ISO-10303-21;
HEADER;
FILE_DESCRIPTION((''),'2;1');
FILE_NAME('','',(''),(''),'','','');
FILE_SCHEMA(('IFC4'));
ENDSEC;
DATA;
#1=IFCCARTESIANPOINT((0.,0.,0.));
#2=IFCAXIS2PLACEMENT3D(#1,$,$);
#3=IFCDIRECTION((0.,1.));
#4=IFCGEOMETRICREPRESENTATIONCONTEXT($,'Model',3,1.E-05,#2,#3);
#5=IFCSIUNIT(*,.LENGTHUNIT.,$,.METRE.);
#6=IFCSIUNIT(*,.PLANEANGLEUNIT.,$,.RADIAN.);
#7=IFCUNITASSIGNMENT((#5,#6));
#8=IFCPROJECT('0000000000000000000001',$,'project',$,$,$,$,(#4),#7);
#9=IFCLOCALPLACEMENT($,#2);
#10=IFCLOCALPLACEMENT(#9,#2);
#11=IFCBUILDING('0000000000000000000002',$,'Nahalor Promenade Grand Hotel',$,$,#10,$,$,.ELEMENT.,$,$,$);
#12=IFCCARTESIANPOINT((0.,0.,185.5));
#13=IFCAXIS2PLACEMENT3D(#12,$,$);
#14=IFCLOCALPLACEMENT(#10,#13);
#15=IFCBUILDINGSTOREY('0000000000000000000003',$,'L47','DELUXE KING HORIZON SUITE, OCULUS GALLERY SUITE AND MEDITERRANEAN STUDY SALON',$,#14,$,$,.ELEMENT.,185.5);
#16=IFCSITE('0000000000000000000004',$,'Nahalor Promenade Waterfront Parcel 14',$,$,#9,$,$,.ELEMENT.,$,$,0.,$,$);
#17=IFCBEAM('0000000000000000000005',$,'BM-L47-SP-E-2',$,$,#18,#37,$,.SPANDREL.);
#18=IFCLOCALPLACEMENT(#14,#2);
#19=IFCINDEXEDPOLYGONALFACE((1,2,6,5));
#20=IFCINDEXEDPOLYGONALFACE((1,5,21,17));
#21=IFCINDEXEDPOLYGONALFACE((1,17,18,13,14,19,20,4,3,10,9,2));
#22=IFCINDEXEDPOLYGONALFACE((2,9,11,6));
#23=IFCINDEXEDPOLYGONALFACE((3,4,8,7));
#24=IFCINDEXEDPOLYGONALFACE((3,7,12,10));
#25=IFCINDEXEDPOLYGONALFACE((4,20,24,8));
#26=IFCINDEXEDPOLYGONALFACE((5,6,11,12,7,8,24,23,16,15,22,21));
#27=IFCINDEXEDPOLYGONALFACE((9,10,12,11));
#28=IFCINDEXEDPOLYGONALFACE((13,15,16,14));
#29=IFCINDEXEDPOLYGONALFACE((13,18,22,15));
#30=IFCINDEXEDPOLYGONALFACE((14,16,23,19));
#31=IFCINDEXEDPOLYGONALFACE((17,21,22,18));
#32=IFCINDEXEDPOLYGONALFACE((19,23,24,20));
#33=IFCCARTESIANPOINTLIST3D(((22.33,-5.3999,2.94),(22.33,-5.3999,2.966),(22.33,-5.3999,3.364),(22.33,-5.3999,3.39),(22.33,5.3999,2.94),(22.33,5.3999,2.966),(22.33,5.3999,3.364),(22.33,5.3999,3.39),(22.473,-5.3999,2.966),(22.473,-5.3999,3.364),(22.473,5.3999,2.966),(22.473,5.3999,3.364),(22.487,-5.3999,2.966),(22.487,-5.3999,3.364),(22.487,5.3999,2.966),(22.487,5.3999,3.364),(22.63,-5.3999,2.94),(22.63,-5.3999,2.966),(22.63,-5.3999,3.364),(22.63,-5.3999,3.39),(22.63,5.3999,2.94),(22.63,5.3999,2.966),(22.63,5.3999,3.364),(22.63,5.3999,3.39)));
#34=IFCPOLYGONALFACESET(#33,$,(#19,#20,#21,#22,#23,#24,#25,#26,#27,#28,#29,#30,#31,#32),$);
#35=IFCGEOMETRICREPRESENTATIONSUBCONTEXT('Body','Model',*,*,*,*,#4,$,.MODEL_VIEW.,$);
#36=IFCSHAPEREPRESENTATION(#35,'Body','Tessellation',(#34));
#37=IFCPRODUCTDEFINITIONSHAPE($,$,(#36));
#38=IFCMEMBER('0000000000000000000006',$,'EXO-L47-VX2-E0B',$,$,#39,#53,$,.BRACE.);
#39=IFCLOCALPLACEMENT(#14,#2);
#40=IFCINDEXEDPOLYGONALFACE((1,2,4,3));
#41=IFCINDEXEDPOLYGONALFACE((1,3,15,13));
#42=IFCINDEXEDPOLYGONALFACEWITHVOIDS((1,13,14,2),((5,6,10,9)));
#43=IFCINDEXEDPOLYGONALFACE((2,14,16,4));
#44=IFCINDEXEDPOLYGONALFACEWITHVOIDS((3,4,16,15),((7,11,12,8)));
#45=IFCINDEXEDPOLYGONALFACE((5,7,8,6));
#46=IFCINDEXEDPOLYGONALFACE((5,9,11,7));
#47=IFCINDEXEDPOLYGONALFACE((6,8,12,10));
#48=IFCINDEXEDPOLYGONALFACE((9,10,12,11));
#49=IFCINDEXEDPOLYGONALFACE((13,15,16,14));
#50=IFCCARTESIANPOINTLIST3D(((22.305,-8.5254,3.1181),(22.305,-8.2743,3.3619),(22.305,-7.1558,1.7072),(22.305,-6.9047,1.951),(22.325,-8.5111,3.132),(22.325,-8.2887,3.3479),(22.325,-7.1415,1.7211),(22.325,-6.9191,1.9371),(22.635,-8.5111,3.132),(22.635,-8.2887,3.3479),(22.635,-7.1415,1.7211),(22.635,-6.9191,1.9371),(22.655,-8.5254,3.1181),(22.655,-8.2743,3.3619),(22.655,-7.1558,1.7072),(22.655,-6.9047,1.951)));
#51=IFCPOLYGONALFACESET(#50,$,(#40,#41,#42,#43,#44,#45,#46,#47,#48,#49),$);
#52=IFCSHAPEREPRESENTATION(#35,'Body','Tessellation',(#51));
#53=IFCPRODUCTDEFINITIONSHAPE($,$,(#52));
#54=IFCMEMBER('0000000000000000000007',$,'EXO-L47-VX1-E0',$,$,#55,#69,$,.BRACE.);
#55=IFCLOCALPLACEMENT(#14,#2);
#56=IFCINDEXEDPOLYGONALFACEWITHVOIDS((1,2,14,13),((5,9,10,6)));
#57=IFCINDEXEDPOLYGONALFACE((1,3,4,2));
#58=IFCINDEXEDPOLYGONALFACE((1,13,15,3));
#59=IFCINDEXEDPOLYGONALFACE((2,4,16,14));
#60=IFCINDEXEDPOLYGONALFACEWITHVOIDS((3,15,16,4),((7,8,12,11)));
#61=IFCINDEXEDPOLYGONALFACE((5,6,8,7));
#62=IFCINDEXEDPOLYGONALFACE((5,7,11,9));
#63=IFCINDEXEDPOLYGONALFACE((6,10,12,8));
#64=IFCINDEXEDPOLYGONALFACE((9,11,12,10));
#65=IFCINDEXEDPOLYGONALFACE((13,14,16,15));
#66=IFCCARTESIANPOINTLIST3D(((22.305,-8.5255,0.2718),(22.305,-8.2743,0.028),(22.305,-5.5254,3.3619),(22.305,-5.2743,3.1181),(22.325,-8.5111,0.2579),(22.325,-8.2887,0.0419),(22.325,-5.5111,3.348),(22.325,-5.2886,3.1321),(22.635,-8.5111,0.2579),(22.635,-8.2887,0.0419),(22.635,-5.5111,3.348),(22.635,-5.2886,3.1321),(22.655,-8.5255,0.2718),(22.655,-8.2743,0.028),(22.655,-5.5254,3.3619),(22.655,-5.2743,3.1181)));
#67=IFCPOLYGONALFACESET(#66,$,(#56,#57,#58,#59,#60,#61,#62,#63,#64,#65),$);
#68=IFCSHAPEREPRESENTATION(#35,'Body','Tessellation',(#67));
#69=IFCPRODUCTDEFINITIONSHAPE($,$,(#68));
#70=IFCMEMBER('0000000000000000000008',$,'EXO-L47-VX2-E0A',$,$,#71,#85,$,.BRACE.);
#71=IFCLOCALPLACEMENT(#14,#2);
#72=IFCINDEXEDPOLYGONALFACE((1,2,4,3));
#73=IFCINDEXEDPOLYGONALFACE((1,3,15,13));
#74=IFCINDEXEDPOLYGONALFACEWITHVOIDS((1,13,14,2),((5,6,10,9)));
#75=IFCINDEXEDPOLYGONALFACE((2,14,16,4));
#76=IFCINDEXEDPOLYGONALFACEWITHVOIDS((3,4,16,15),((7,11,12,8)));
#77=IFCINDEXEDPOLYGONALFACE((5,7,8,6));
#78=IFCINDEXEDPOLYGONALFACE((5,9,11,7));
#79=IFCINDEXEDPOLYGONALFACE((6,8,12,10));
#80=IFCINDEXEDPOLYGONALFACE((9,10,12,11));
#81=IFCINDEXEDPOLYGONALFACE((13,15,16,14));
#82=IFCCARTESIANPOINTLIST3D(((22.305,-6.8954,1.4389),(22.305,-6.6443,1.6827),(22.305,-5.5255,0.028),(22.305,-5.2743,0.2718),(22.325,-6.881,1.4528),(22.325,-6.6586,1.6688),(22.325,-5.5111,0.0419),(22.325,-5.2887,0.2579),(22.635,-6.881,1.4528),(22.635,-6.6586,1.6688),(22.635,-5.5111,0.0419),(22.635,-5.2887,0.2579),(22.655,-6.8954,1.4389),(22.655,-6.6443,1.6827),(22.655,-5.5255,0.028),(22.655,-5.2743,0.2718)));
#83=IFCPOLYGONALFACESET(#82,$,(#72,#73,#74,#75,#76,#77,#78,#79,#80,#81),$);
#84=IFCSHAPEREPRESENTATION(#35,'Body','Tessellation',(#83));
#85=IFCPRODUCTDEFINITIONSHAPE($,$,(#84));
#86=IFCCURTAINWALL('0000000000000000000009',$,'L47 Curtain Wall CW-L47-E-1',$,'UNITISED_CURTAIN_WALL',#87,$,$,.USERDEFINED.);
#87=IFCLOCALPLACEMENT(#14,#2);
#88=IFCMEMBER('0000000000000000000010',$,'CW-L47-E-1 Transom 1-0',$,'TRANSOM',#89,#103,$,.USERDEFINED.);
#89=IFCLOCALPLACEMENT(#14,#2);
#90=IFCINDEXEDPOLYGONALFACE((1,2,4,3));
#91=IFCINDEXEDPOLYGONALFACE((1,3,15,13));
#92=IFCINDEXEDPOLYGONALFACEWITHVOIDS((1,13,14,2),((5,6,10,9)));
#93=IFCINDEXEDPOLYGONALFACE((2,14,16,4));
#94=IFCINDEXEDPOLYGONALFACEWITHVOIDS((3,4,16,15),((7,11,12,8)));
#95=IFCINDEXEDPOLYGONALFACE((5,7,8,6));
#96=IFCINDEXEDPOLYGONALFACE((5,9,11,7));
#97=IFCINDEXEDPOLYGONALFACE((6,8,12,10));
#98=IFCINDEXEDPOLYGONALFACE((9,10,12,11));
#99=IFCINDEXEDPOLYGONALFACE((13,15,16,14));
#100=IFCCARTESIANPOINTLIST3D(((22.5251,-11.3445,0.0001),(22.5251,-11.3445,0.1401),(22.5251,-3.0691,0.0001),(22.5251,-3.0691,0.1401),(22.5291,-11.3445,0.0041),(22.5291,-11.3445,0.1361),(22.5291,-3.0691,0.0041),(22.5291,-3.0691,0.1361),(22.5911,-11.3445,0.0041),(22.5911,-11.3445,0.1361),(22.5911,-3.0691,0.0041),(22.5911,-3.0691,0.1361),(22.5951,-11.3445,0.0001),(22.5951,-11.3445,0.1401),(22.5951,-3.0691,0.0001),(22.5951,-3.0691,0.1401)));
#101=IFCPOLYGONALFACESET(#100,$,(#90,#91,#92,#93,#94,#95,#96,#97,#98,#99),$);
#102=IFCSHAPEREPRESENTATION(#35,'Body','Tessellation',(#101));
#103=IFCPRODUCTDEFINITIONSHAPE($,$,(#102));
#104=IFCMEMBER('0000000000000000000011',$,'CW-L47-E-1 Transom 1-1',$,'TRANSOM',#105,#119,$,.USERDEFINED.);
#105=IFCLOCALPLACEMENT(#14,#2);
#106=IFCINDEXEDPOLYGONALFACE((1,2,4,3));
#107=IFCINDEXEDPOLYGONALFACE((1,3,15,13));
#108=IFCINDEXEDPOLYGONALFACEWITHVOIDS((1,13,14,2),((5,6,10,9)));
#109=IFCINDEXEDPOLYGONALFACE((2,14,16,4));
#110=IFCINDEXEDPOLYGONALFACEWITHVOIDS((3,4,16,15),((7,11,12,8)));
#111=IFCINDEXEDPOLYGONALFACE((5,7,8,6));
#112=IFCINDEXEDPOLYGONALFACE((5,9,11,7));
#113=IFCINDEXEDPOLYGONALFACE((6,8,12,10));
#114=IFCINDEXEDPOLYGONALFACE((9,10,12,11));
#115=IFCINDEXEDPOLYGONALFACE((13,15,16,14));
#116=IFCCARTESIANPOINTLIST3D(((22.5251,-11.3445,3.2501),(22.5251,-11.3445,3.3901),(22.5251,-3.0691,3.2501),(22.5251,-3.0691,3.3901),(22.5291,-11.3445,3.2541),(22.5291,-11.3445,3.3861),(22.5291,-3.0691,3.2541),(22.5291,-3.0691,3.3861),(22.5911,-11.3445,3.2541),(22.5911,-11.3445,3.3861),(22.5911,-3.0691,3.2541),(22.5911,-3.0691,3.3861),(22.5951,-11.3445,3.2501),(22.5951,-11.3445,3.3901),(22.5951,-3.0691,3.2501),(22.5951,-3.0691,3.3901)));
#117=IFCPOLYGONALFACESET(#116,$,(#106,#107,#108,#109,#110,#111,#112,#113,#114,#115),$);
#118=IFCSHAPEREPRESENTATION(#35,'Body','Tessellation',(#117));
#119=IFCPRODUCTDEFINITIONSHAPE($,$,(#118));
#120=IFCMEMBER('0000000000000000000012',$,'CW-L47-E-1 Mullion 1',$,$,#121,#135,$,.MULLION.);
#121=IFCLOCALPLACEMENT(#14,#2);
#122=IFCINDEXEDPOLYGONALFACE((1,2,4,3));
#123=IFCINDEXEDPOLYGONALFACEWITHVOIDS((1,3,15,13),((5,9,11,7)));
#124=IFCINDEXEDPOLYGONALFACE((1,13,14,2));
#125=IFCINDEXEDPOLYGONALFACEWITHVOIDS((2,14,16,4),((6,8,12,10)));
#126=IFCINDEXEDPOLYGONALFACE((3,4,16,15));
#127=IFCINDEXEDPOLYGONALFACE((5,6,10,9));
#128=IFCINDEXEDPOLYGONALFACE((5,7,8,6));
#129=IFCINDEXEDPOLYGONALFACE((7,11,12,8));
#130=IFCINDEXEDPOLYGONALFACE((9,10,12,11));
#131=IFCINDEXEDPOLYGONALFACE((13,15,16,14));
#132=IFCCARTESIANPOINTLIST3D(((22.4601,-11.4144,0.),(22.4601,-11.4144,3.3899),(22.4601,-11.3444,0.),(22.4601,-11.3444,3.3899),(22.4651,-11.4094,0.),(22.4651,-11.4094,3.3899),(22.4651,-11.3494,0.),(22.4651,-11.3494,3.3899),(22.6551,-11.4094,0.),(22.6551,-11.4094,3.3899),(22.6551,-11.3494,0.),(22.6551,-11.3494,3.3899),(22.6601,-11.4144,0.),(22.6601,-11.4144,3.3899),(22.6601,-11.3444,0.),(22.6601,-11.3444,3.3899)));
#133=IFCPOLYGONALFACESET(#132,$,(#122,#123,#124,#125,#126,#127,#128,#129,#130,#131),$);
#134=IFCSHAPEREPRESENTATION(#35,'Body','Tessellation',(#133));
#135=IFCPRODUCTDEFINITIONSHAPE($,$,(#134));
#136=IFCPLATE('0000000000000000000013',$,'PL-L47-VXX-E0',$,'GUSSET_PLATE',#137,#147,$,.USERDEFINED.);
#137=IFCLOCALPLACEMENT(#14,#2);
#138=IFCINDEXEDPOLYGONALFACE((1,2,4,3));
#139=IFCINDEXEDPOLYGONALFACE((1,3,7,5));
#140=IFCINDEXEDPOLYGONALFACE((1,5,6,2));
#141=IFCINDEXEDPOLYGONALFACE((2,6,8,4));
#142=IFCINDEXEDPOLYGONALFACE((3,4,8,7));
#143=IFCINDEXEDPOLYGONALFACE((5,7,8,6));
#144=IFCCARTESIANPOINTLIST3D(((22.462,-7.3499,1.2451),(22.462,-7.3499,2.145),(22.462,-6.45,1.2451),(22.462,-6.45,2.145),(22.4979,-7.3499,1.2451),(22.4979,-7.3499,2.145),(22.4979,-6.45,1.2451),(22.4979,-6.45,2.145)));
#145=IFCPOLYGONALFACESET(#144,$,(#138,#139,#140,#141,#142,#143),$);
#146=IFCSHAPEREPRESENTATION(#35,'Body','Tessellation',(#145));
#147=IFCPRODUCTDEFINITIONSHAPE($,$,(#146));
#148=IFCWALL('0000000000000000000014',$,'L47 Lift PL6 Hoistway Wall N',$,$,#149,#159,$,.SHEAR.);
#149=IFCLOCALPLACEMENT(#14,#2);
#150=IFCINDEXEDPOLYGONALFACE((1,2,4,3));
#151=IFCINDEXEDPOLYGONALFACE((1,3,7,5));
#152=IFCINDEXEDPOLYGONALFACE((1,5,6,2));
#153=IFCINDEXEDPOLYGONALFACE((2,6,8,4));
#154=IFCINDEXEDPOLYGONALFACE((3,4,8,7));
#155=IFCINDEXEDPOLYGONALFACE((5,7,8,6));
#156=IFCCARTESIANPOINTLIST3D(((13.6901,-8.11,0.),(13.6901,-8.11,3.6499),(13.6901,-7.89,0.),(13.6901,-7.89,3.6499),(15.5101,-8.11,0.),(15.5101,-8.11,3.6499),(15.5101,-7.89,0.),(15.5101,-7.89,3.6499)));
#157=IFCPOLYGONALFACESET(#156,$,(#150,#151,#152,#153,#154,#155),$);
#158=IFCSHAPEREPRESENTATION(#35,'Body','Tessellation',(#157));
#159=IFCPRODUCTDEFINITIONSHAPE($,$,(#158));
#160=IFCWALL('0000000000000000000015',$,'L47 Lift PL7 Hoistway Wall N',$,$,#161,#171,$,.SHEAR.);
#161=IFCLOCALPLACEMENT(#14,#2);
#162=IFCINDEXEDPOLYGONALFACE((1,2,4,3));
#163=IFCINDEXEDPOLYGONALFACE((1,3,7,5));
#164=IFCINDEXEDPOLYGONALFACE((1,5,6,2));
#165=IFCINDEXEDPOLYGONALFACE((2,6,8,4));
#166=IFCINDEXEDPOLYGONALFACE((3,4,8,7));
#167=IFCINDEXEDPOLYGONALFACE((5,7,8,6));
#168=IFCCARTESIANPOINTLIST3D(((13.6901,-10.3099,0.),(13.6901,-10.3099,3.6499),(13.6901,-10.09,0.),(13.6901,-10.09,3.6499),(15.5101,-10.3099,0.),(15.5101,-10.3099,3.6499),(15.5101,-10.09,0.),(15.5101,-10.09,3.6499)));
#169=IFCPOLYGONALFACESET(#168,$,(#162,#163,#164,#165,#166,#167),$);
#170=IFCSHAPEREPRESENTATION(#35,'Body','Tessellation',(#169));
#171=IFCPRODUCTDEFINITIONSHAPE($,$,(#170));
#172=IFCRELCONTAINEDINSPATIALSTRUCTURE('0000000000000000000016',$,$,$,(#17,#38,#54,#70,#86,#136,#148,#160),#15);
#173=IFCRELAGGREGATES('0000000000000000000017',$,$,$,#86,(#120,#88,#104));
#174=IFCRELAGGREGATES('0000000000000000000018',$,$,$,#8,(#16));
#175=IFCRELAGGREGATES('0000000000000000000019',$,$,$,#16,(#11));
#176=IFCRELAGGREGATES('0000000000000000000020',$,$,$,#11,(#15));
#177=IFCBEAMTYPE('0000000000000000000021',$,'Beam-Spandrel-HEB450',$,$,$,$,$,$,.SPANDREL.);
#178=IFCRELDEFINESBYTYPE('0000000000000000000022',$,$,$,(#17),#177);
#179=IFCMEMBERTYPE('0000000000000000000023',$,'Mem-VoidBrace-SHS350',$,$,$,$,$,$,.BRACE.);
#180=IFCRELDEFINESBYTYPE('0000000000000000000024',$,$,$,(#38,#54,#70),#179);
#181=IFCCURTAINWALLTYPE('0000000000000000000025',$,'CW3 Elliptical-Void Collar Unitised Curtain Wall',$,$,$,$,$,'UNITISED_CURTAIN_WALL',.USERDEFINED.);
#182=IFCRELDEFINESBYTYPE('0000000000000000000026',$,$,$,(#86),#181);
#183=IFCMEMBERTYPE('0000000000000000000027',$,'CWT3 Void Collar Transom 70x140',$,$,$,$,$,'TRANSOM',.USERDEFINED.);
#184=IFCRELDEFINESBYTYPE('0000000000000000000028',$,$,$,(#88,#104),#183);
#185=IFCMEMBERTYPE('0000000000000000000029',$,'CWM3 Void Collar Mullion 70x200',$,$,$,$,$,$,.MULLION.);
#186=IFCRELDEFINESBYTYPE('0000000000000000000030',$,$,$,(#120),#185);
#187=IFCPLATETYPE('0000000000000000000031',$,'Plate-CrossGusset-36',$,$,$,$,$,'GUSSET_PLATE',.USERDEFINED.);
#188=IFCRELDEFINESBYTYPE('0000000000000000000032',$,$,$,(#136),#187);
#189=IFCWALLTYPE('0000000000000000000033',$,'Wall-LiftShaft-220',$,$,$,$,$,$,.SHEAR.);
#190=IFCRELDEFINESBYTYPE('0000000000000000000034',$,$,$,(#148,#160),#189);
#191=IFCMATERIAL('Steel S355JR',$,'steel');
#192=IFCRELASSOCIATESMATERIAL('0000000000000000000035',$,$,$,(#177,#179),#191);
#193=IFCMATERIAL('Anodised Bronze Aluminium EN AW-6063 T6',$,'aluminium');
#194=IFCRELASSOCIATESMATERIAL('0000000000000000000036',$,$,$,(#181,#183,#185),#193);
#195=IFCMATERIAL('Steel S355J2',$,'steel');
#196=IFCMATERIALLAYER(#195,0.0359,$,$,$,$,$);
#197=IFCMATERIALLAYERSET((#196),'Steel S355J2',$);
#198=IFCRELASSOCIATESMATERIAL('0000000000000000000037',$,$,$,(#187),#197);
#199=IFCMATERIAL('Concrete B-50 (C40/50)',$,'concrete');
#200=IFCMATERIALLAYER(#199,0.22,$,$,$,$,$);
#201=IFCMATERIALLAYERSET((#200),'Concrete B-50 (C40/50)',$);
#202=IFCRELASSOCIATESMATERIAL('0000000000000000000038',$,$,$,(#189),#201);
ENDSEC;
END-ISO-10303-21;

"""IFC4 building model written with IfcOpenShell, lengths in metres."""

from ifc_helpers import new_model, si_unit, direction, frame, frame_2d, origin, origin_2d, place, context, subcontext, project, spatial, rectangle, hollow_rectangle, i_section, extrude, source, transform, mapped, material, layer, layer_set, material_profile, profile_set, type_object, element, aggregate, save


model = new_model("IFC4")

# Units and contexts
model_context = context("Model", 3, precision=1e-05, world=origin(), true_north=direction((0.0, 1.0)))
body_context = subcontext(model_context, "Body", "Model", "MODEL_VIEW")
ifc_project = project(units=[si_unit("LENGTHUNIT", "METRE"), si_unit("PLANEANGLEUNIT", "RADIAN")], contexts=[model_context])

# Site, building, storey
site_placement = place(None, origin())
site = spatial("IfcSite", under=ifc_project, at=site_placement, Name="Nahalor Promenade Waterfront Parcel 14", CompositionType="ELEMENT", RefElevation=0.0)
building_placement = place(site_placement, origin())
building = spatial("IfcBuilding", under=site, at=building_placement, Name="Nahalor Promenade Grand Hotel", CompositionType="ELEMENT")
storey_placement = place(building_placement, frame((0.0, 0.0, 185.5)))
storey = spatial("IfcBuildingStorey", under=building, at=storey_placement, Name="L47", Description="DELUXE KING HORIZON SUITE, OCULUS GALLERY SUITE AND MEDITERRANEAN STUDY SALON", CompositionType="ELEMENT", Elevation=185.5)

# Shared definitions
ifc_material_1 = material(Name="Steel S355J2", Category="steel")

# Beam
ifc_material_2 = material(Name="Steel S355JR", Category="steel")
ifc_material_profile_1 = material_profile(ifc_material_2, i_section(OverallWidth=0.3, OverallDepth=0.45, WebThickness=0.014, FlangeThickness=0.026, at=origin_2d()), Name="HEB 450")
ifc_profile_set_1 = profile_set([ifc_material_profile_1], Name="Steel S355JR")
beam_type_1 = type_object("IfcBeamType", Name="Beam-Spandrel-HEB450", PredefinedType="SPANDREL", material=ifc_profile_set_1)
shared_shape_1 = source(origin(), body_context, "Body", "SweptSolid", [
    extrude(i_section(OverallWidth=0.3, OverallDepth=0.45, WebThickness=0.014, FlangeThickness=0.026, at=origin_2d()), origin(), (0.0, 0.0, 1.0), 10.7998),
])
beam_1_placement = place(storey_placement, frame((22.48, -5.3999, 3.165), z_axis=(0.0, 1.0, 0.0), x_axis=(-1.0, 0.0, 0.0)))
element("IfcBeam", 1, at=beam_1_placement, inside=storey, type_object=beam_type_1, Name="BM-L47-SP-E-2", PredefinedType="SPANDREL", context=body_context, shape_type="MappedRepresentation", body=[
    mapped(shared_shape_1, transform((0.0, 0.0, 0.0), scale=1.0)),
])

# Members
ifc_material_profile_2 = material_profile(ifc_material_2, hollow_rectangle(XDim=0.35, YDim=0.35, WallThickness=0.02, at=origin_2d()), Name="SHS 350x350x20")
ifc_profile_set_2 = profile_set([ifc_material_profile_2], Name="Steel S355JR")
member_type_1 = type_object("IfcMemberType", Name="Mem-VoidBrace-SHS350", PredefinedType="BRACE", material=ifc_profile_set_2)
shared_shape_2 = source(origin(), body_context, "Body", "SweptSolid", [
    extrude(hollow_rectangle(XDim=0.35, YDim=0.35, WallThickness=0.02, at=origin_2d()), origin(), (0.0, 0.0, 1.0), 1.9663),
])
member_1_placement = place(storey_placement, frame((22.48, -7.0303, 1.8291), z_axis=(0.0, -0.696537, 0.71752), x_axis=(1.0, 0.0, 0.0)))
element("IfcMember", 2, at=member_1_placement, inside=storey, type_object=member_type_1, Name="EXO-L47-VX2-E0B", PredefinedType="BRACE", context=body_context, shape_type="MappedRepresentation", body=[
    mapped(shared_shape_2, transform((0.0, 0.0, 0.0), scale=1.0)),
])
shared_shape_3 = source(origin(), body_context, "Body", "SweptSolid", [
    extrude(hollow_rectangle(XDim=0.35, YDim=0.35, WallThickness=0.02, at=origin_2d()), origin(), (0.0, 0.0, 1.0), 4.3069),
])
member_2_placement = place(storey_placement, frame((22.48, -8.3999, 0.1499), z_axis=(0.0, 0.696571, 0.717488), x_axis=(-1.0, 0.0, 0.0)))
element("IfcMember", 3, at=member_2_placement, inside=storey, type_object=member_type_1, Name="EXO-L47-VX1-E0", PredefinedType="BRACE", context=body_context, shape_type="MappedRepresentation", body=[
    mapped(shared_shape_3, transform((0.0, 0.0, 0.0), scale=1.0)),
])
shared_shape_4 = source(origin(), body_context, "Body", "SweptSolid", [
    extrude(hollow_rectangle(XDim=0.35, YDim=0.35, WallThickness=0.02, at=origin_2d()), origin(), (0.0, 0.0, 1.0), 1.9666),
])
member_3_placement = place(storey_placement, frame((22.48, -5.3999, 0.1499), z_axis=(0.0, -0.696601, 0.717458), x_axis=(1.0, 0.0, 0.0)))
element("IfcMember", 4, at=member_3_placement, inside=storey, type_object=member_type_1, Name="EXO-L47-VX2-E0A", PredefinedType="BRACE", context=body_context, shape_type="MappedRepresentation", body=[
    mapped(shared_shape_4, transform((0.0, 0.0, 0.0), scale=1.0)),
])

# Curtain wall, members
ifc_material_3 = material(Name="Anodised Bronze Aluminium EN AW-6063 T6", Category="aluminium")
curtain_wall_type = type_object("IfcCurtainWallType", Name="CW3 Elliptical-Void Collar Unitised Curtain Wall", ElementType="UNITISED_CURTAIN_WALL", PredefinedType="USERDEFINED", material=ifc_material_3)
curtain_wall_placement = place(storey_placement, origin())
curtain_wall = element("IfcCurtainWall", 5, at=curtain_wall_placement, inside=storey, type_object=curtain_wall_type, Name="L47 Curtain Wall CW-L47-E-1", ObjectType="UNITISED_CURTAIN_WALL", PredefinedType="USERDEFINED")
ifc_material_profile_3 = material_profile(ifc_material_3, hollow_rectangle(XDim=0.07, YDim=0.14, WallThickness=0.004, at=origin_2d()), Name="CWT 70x140x4")
ifc_profile_set_3 = profile_set([ifc_material_profile_3], Name="Anodised Bronze Aluminium EN AW-6063 T6")
member_type_2 = type_object("IfcMemberType", Name="CWT3 Void Collar Transom 70x140", ElementType="TRANSOM", PredefinedType="USERDEFINED", material=ifc_profile_set_3)
shared_shape_5 = source(origin(), body_context, "Body", "SweptSolid", [
    extrude(hollow_rectangle(XDim=0.07, YDim=0.14, WallThickness=0.004, at=origin_2d()), origin(), (0.0, 0.0, 1.0), 8.2754),
])
member_4_placement = place(storey_placement, frame((22.5601, -11.3445, 0.0701), z_axis=(0.0, 1.0, 0.0), x_axis=(-1.0, 0.0, 0.0)))
member_4 = element("IfcMember", 6, at=member_4_placement, type_object=member_type_2, Name="CW-L47-E-1 Transom 1-0", ObjectType="TRANSOM", PredefinedType="USERDEFINED", context=body_context, shape_type="MappedRepresentation", body=[
    mapped(shared_shape_5, transform((0.0, 0.0, 0.0), scale=1.0)),
])
member_5_placement = place(storey_placement, frame((22.5601, -11.3445, 3.3201), z_axis=(0.0, 1.0, 0.0), x_axis=(-1.0, 0.0, 0.0)))
member_5 = element("IfcMember", 7, at=member_5_placement, type_object=member_type_2, Name="CW-L47-E-1 Transom 1-1", ObjectType="TRANSOM", PredefinedType="USERDEFINED", context=body_context, shape_type="MappedRepresentation", body=[
    mapped(shared_shape_5, transform((0.0, 0.0, 0.0), scale=1.0)),
])
ifc_material_profile_4 = material_profile(ifc_material_3, hollow_rectangle(XDim=0.07, YDim=0.2, WallThickness=0.005, at=origin_2d()), Name="CWM 70x200x5")
ifc_profile_set_4 = profile_set([ifc_material_profile_4], Name="Anodised Bronze Aluminium EN AW-6063 T6")
member_type_3 = type_object("IfcMemberType", Name="CWM3 Void Collar Mullion 70x200", PredefinedType="MULLION", material=ifc_profile_set_4)
shared_shape_6 = source(origin(), body_context, "Body", "SweptSolid", [
    extrude(hollow_rectangle(XDim=0.07, YDim=0.2, WallThickness=0.005, at=origin_2d()), origin(), (0.0, 0.0, 1.0), 3.3899),
])
member_6_placement = place(storey_placement, frame((22.5601, -11.3794, 0.0), z_axis=(0.0, 0.0, 1.0), x_axis=(0.0, 1.0, 0.0)))
member_6 = element("IfcMember", 8, at=member_6_placement, type_object=member_type_3, Name="CW-L47-E-1 Mullion 1", PredefinedType="MULLION", context=body_context, shape_type="MappedRepresentation", body=[
    mapped(shared_shape_6, transform((0.0, 0.0, 0.0), scale=1.0)),
])
aggregate(curtain_wall, [member_6, member_4, member_5])

# Plate
ifc_layer_1 = layer(ifc_material_1, 0.0359)
ifc_layer_set_1 = layer_set([ifc_layer_1], Name="Steel S355J2")
plate_type_1 = type_object("IfcPlateType", Name="Plate-CrossGusset-36", ElementType="GUSSET_PLATE", PredefinedType="USERDEFINED", material=ifc_layer_set_1)
shared_shape_7 = source(origin(), body_context, "Body", "SweptSolid", [
    extrude(rectangle(XDim=0.8999, YDim=0.0359, at=origin_2d()), origin(), (0.0, 0.0, 1.0), 0.8999),
])
plate_1_placement = place(storey_placement, frame((22.48, -6.8999, 1.2451), z_axis=(0.0, 0.0, 1.0), x_axis=(0.0, 1.0, 0.0)))
element("IfcPlate", 9, at=plate_1_placement, inside=storey, type_object=plate_type_1, Name="PL-L47-VXX-E0", ObjectType="GUSSET_PLATE", PredefinedType="USERDEFINED", context=body_context, shape_type="MappedRepresentation", body=[
    mapped(shared_shape_7, transform((0.0, 0.0, 0.0), scale=1.0)),
])

# Walls
ifc_material_4 = material(Name="Concrete B-50 (C40/50)", Category="concrete")
ifc_layer_2 = layer(ifc_material_4, 0.22)
ifc_layer_set_2 = layer_set([ifc_layer_2], Name="Concrete B-50 (C40/50)")
wall_type_1 = type_object("IfcWallType", Name="Wall-LiftShaft-220", PredefinedType="SHEAR", material=ifc_layer_set_2)
shared_shape_8 = source(origin(), body_context, "Body", "SweptSolid", [
    extrude(rectangle(XDim=1.8201, YDim=0.22, at=frame_2d((0.9102, 0.0))), origin(), (0.0, 0.0, 1.0), 3.6499),
])
for number, where, z_axis, x_axis, name in (
    (10, (13.6899, -8.0, 0.0), (0.0, 0.0, 1.0), (1.0, 0.0, 0.0), "L47 Lift PL6 Hoistway Wall N"),
    (11, (13.6899, -10.2, 0.0), (0.0, 0.0, 1.0), (1.0, 0.0, 0.0), "L47 Lift PL7 Hoistway Wall N"),
):
    element("IfcWall", number, at=place(storey_placement, frame(where, z_axis=z_axis, x_axis=x_axis)), inside=storey, type_object=wall_type_1, Name=name, PredefinedType="SHEAR", context=body_context, shape_type="MappedRepresentation", body=[
        mapped(shared_shape_8, transform((0.0, 0.0, 0.0), scale=1.0)),
    ])

save(model, "model.ifc")
